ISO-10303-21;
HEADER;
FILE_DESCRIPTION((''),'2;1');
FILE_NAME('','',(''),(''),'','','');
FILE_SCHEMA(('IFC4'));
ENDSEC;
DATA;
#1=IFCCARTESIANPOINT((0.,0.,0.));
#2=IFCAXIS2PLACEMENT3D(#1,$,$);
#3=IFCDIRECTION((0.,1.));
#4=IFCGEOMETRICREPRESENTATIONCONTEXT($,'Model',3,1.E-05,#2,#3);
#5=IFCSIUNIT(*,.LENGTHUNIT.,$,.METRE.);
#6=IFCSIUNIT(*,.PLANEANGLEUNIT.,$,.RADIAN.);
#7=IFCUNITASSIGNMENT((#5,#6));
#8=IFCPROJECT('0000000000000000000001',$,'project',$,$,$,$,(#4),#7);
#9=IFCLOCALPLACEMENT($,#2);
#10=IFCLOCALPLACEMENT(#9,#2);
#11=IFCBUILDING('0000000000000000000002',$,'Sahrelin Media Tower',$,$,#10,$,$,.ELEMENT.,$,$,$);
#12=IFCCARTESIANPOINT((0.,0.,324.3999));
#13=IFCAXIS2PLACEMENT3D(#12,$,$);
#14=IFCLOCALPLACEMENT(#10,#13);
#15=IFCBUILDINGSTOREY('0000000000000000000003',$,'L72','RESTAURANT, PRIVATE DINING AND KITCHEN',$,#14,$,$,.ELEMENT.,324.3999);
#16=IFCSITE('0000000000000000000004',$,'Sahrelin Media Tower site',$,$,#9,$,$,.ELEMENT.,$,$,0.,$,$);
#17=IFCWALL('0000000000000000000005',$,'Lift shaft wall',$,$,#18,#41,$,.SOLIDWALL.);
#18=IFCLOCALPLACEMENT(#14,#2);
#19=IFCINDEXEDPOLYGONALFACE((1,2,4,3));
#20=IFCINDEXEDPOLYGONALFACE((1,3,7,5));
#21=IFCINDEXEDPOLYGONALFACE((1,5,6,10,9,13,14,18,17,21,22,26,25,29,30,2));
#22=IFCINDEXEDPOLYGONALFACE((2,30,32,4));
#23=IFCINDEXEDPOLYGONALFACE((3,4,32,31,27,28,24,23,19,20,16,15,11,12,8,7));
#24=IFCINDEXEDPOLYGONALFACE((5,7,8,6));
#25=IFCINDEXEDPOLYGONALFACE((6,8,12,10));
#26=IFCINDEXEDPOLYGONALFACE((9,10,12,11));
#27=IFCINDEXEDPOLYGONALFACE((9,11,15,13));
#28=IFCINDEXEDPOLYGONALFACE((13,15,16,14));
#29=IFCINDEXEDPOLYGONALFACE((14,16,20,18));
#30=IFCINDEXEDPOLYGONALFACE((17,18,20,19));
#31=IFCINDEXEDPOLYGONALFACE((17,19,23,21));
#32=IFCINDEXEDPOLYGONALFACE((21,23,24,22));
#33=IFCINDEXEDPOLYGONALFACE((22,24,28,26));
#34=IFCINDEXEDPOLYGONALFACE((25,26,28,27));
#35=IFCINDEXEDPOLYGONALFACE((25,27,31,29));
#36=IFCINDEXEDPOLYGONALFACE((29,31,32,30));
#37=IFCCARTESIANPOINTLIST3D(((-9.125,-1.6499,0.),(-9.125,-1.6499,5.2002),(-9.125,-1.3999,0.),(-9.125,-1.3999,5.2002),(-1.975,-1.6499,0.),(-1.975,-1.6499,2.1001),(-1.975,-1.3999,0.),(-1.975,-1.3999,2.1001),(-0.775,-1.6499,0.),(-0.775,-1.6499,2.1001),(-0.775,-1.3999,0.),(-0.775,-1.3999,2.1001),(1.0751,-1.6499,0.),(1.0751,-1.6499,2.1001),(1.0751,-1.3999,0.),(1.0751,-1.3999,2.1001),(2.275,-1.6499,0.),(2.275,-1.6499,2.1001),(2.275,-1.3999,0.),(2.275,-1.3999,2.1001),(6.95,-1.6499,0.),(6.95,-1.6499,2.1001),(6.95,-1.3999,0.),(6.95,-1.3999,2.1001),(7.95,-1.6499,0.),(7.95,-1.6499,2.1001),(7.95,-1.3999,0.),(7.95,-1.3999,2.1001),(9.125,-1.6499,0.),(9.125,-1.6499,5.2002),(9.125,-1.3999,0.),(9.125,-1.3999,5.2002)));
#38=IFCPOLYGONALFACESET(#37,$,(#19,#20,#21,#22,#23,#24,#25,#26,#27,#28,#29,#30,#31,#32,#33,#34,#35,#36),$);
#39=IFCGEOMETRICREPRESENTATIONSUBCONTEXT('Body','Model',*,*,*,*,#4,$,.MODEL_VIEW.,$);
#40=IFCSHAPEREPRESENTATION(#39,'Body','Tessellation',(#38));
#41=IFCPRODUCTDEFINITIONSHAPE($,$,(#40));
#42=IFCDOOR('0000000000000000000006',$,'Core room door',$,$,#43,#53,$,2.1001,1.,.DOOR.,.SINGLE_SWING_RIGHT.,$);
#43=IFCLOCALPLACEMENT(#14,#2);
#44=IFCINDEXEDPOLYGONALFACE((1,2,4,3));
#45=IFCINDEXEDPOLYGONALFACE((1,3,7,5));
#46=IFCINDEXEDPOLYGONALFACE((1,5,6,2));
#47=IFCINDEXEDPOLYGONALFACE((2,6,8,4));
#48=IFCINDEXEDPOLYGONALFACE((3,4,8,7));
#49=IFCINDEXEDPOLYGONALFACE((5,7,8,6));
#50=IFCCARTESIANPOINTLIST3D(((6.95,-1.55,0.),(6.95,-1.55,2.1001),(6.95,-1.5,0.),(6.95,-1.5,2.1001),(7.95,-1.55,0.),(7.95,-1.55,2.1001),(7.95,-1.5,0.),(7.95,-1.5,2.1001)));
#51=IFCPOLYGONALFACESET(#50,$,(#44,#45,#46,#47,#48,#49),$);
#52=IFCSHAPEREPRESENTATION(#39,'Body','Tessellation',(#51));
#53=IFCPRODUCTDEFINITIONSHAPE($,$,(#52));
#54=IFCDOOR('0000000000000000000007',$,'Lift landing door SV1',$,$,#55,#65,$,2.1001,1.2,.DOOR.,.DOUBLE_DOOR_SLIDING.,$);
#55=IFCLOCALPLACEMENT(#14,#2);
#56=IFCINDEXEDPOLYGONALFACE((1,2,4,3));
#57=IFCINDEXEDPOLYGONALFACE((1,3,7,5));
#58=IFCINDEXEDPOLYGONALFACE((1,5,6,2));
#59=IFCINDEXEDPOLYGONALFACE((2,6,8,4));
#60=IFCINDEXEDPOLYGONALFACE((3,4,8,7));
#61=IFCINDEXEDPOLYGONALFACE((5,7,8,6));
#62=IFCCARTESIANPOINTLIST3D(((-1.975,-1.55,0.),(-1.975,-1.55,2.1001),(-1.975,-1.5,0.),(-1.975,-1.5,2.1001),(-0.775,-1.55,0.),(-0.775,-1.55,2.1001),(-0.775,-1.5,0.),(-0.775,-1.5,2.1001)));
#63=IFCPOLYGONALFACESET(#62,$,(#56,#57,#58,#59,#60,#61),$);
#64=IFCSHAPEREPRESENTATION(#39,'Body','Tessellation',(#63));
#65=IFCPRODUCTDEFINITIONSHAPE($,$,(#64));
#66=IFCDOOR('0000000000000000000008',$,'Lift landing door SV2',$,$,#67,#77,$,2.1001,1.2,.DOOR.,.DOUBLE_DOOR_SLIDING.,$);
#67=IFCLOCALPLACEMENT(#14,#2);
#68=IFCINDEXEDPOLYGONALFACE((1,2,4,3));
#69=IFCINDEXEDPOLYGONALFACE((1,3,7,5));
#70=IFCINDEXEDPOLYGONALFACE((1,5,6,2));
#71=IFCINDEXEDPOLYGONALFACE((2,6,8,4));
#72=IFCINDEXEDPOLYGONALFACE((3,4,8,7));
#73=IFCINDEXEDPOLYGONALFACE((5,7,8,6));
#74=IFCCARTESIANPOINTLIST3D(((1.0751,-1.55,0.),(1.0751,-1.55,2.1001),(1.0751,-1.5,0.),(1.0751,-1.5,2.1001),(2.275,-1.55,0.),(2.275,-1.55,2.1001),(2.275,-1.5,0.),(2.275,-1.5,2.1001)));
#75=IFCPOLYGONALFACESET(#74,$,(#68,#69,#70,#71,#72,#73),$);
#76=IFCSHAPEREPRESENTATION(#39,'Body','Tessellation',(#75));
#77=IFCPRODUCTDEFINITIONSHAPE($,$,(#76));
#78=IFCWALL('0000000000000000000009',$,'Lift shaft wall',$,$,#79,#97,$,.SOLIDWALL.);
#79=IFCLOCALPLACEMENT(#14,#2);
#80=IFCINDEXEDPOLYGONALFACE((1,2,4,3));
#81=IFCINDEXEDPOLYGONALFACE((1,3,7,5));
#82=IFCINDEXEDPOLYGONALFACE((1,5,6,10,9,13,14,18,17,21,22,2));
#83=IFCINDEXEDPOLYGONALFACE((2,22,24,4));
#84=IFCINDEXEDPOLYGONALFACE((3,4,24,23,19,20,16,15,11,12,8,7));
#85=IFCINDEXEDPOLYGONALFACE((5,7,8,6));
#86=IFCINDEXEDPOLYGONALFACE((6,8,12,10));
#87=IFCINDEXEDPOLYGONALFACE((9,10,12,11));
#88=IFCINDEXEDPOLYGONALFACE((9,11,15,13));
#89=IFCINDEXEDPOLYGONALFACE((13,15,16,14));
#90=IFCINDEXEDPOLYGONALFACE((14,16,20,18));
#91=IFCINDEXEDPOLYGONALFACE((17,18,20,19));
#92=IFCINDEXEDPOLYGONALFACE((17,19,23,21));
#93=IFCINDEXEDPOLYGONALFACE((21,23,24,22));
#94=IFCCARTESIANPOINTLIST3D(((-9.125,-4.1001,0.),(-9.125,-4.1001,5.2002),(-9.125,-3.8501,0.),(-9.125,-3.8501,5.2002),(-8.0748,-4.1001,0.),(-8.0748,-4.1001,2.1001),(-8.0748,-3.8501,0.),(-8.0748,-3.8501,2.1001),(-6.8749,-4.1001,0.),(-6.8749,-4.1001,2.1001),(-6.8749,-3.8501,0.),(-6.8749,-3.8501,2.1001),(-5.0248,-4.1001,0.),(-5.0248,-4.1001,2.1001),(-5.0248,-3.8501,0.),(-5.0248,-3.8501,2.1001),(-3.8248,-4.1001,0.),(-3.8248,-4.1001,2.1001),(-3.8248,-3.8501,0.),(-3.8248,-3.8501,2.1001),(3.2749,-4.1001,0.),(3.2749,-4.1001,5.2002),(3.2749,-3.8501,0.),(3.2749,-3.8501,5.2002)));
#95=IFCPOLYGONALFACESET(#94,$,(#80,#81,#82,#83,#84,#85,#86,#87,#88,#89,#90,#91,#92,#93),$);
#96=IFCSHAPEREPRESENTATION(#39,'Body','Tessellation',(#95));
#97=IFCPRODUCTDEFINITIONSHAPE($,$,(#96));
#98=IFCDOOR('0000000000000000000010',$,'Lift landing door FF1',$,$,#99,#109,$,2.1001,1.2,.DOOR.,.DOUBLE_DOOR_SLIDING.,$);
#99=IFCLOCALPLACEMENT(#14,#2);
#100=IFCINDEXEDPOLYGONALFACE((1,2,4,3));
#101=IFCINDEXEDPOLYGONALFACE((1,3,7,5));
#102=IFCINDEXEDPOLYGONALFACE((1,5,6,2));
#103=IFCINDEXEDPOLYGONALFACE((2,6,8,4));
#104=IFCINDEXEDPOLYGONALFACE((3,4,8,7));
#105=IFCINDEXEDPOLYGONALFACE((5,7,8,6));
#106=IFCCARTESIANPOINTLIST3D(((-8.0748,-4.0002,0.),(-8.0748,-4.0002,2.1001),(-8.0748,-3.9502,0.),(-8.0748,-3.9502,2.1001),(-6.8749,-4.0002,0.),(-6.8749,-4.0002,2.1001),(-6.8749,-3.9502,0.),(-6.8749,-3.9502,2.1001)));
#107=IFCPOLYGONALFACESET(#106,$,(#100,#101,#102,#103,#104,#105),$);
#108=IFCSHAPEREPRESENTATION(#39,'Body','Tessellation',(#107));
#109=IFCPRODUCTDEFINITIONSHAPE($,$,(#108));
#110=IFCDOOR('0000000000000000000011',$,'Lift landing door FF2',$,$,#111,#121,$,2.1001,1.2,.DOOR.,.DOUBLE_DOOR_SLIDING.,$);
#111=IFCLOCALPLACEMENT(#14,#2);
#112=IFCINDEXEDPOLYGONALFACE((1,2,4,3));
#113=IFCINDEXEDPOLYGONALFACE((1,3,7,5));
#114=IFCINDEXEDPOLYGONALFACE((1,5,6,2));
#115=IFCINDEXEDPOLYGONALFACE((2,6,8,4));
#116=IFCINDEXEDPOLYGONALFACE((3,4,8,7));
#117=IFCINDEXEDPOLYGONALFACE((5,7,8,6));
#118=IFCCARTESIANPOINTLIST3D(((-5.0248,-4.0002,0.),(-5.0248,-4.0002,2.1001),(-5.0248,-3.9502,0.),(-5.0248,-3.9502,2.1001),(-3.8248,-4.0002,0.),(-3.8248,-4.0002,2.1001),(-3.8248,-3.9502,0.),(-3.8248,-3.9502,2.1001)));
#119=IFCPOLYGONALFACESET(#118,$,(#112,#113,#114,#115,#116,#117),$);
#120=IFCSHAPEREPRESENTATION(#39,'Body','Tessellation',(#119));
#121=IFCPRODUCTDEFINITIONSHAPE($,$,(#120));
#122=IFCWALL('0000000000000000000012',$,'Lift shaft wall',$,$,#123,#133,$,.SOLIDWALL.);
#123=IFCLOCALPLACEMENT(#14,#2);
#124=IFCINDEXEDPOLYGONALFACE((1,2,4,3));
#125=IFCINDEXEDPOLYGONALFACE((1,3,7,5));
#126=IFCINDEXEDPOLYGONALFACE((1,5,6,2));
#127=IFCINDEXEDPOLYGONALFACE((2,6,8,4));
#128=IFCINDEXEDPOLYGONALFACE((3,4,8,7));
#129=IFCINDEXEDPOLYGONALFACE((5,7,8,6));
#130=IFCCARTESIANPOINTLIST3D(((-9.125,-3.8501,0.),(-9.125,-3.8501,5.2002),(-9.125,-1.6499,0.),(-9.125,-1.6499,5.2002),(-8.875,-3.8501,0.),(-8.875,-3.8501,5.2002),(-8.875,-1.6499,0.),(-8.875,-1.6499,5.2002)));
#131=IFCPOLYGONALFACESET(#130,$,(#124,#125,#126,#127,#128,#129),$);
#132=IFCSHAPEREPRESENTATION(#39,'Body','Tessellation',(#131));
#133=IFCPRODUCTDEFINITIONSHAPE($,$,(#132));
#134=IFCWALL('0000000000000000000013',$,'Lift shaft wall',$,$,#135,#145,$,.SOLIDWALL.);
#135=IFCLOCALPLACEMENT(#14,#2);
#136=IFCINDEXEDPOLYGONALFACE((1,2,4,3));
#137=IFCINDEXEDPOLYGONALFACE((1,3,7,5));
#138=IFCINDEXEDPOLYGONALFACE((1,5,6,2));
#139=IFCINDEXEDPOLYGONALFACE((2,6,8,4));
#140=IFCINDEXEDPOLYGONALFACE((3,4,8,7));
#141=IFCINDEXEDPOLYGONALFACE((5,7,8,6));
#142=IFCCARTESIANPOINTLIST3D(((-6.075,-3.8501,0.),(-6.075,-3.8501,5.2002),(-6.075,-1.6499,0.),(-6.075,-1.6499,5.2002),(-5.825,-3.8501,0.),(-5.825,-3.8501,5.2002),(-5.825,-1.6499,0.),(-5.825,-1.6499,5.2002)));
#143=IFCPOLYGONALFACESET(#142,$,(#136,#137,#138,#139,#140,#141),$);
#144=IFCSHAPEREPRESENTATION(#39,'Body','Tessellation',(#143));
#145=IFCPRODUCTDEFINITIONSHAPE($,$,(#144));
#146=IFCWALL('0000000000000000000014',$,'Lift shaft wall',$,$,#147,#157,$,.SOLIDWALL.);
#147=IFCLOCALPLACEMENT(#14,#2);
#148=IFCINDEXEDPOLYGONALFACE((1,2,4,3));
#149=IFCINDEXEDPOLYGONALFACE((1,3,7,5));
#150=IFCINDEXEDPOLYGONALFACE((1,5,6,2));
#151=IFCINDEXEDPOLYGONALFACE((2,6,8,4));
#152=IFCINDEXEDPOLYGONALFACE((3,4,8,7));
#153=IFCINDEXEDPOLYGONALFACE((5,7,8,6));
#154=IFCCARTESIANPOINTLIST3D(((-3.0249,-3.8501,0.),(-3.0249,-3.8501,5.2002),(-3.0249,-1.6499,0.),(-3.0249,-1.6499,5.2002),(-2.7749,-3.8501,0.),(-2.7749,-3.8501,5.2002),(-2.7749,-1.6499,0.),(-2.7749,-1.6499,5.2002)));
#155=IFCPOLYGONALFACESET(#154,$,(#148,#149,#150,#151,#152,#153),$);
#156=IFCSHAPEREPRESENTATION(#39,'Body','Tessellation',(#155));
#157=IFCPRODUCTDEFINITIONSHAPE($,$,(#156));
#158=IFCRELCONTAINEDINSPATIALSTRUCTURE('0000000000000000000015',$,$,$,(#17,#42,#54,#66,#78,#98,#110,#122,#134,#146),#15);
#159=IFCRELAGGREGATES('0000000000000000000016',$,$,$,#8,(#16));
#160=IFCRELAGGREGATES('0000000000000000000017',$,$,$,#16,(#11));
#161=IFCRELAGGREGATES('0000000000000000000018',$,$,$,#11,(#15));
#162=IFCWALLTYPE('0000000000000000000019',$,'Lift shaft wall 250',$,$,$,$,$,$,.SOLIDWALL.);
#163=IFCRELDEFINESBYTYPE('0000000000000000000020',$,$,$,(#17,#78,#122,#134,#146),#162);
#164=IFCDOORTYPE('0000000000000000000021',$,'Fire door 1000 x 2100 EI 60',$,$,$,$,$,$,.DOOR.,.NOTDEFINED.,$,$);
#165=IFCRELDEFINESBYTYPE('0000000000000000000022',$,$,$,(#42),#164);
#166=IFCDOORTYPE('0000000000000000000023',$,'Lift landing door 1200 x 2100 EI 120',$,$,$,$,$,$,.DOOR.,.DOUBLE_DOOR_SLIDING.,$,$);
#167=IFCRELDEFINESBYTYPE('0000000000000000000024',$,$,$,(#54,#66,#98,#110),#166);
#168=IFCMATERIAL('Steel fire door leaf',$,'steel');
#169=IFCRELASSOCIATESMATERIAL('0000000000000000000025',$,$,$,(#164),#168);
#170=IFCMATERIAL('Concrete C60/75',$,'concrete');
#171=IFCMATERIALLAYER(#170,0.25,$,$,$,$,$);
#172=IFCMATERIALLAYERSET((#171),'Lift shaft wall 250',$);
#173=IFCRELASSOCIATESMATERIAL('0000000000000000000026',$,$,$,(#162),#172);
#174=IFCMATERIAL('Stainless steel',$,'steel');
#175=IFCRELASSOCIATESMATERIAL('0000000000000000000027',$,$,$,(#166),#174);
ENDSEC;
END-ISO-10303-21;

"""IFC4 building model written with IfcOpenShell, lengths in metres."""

from ifc_helpers import new_model, si_unit, direction, frame, frame_2d, origin, place, context, subcontext, project, spatial, rectangle, extrude, material, layer, layer_set, type_object, element, fill, save


model = new_model("IFC4")

# Units and contexts
model_context = context("Model", 3, precision=1e-05, world=origin(), true_north=direction((0.0, 1.0)))
body_context = subcontext(model_context, "Body", "Model", "MODEL_VIEW")
ifc_project = project(units=[si_unit("LENGTHUNIT", "METRE"), si_unit("PLANEANGLEUNIT", "RADIAN")], contexts=[model_context])

# Site, building, storey
site_placement = place(None, origin())
site = spatial("IfcSite", under=ifc_project, at=site_placement, Name="Sahrelin Media Tower site", CompositionType="ELEMENT", RefElevation=0.0)
building_placement = place(site_placement, origin())
building = spatial("IfcBuilding", under=site, at=building_placement, Name="Sahrelin Media Tower", CompositionType="ELEMENT")
storey_placement = place(building_placement, frame((0.0, 0.0, 324.3999)))
storey = spatial("IfcBuildingStorey", under=building, at=storey_placement, Name="L72", Description="RESTAURANT, PRIVATE DINING AND KITCHEN", CompositionType="ELEMENT", Elevation=324.3999)

# Shared definitions
ifc_material_1 = material(Name="Concrete C60/75", Category="concrete")

# Shared definitions
ifc_material_2 = material(Name="Steel fire door leaf", Category="steel")
door_type_1 = type_object("IfcDoorType", Name="Fire door 1000 x 2100 EI 60", OperationType="NOTDEFINED", PredefinedType="DOOR", material=ifc_material_2)

# Walls, openings, doors
ifc_layer_1 = layer(ifc_material_1, 0.25)
ifc_layer_set_1 = layer_set([ifc_layer_1], Name="Lift shaft wall 250")
wall_type_1 = type_object("IfcWallType", Name="Lift shaft wall 250", PredefinedType="SOLIDWALL", material=ifc_layer_set_1)
wall_1_placement = place(storey_placement, frame((-9.125, -1.5249, 0.0), z_axis=(0.0, 0.0, 1.0), x_axis=(1.0, 0.0, 0.0)))
wall_1 = element("IfcWall", 1, at=wall_1_placement, inside=storey, type_object=wall_type_1, Name="Lift shaft wall", PredefinedType="SOLIDWALL", context=body_context, shape_type="SweptSolid", body=[
    extrude(rectangle(XDim=18.25, YDim=0.25, at=frame_2d((9.125, 0.0))), origin(), (0.0, 0.0, 1.0), 5.2002),
])
opening_1_placement = place(wall_1_placement, frame((7.1499, 0.0, 0.0)))
opening_1 = element("IfcOpeningElement", 2, at=opening_1_placement, cuts=wall_1, PredefinedType="OPENING", context=body_context, shape_type="SweptSolid", body=[
    extrude(rectangle(XDim=1.2, YDim=2.1001, at=frame_2d((0.6001, 1.05))), frame((0.0, 0.125, 0.0), z_axis=(0.0, -1.0, 0.0), x_axis=(1.0, 0.0, 0.0)), (0.0, 0.0, 1.0), 0.25),
])
opening_2_placement = place(wall_1_placement, frame((10.2, 0.0, 0.0)))
opening_2 = element("IfcOpeningElement", 3, at=opening_2_placement, cuts=wall_1, PredefinedType="OPENING", context=body_context, shape_type="SweptSolid", body=[
    extrude(rectangle(XDim=1.2, YDim=2.1001, at=frame_2d((0.6001, 1.05))), frame((0.0, 0.125, 0.0), z_axis=(0.0, -1.0, 0.0), x_axis=(1.0, 0.0, 0.0)), (0.0, 0.0, 1.0), 0.25),
])
opening_3_placement = place(wall_1_placement, frame((16.075, 0.0, 0.0)))
opening_3 = element("IfcOpeningElement", 4, at=opening_3_placement, cuts=wall_1, PredefinedType="OPENING", context=body_context, shape_type="SweptSolid", body=[
    extrude(rectangle(XDim=1.0, YDim=2.1001, at=frame_2d((0.5, 1.05))), frame((0.0, 0.125, 0.0), z_axis=(0.0, -1.0, 0.0), x_axis=(1.0, 0.0, 0.0)), (0.0, 0.0, 1.0), 0.25),
])
door_1_placement = place(opening_3_placement, origin())
door_1 = element("IfcDoor", 5, at=door_1_placement, inside=storey, type_object=door_type_1, Name="Core room door", OperationType="SINGLE_SWING_RIGHT", OverallHeight=2.1001, OverallWidth=1.0, PredefinedType="DOOR", context=body_context, shape_type="SweptSolid", body=[
    extrude(rectangle(XDim=1.0, YDim=2.1001, at=frame_2d((0.5, 1.05))), frame((0.0, 0.0249, 0.0), z_axis=(0.0, -1.0, 0.0), x_axis=(1.0, 0.0, 0.0)), (0.0, 0.0, 1.0), 0.05),
])
fill(opening_3, door_1)
ifc_material_3 = material(Name="Stainless steel", Category="steel")
door_type_2 = type_object("IfcDoorType", Name="Lift landing door 1200 x 2100 EI 120", OperationType="DOUBLE_DOOR_SLIDING", PredefinedType="DOOR", material=ifc_material_3)
door_2_placement = place(opening_1_placement, origin())
door_2 = element("IfcDoor", 6, at=door_2_placement, inside=storey, type_object=door_type_2, Name="Lift landing door SV1", OperationType="DOUBLE_DOOR_SLIDING", OverallHeight=2.1001, OverallWidth=1.2, PredefinedType="DOOR", context=body_context, shape_type="SweptSolid", body=[
    extrude(rectangle(XDim=1.2, YDim=2.1001, at=frame_2d((0.6001, 1.05))), frame((0.0, 0.0249, 0.0), z_axis=(0.0, -1.0, 0.0), x_axis=(1.0, 0.0, 0.0)), (0.0, 0.0, 1.0), 0.05),
])
fill(opening_1, door_2)
door_3_placement = place(opening_2_placement, origin())
door_3 = element("IfcDoor", 7, at=door_3_placement, inside=storey, type_object=door_type_2, Name="Lift landing door SV2", OperationType="DOUBLE_DOOR_SLIDING", OverallHeight=2.1001, OverallWidth=1.2, PredefinedType="DOOR", context=body_context, shape_type="SweptSolid", body=[
    extrude(rectangle(XDim=1.2, YDim=2.1001, at=frame_2d((0.6001, 1.05))), frame((0.0, 0.0249, 0.0), z_axis=(0.0, -1.0, 0.0), x_axis=(1.0, 0.0, 0.0)), (0.0, 0.0, 1.0), 0.05),
])
fill(opening_2, door_3)
wall_2_placement = place(storey_placement, frame((-9.125, -3.9751, 0.0), z_axis=(0.0, 0.0, 1.0), x_axis=(1.0, 0.0, 0.0)))
wall_2 = element("IfcWall", 8, at=wall_2_placement, inside=storey, type_object=wall_type_1, Name="Lift shaft wall", PredefinedType="SOLIDWALL", context=body_context, shape_type="SweptSolid", body=[
    extrude(rectangle(XDim=12.3999, YDim=0.25, at=frame_2d((6.2, 0.0))), origin(), (0.0, 0.0, 1.0), 5.2002),
])
opening_4_placement = place(wall_2_placement, frame((1.05, 0.0, 0.0)))
opening_4 = element("IfcOpeningElement", 9, at=opening_4_placement, cuts=wall_2, PredefinedType="OPENING", context=body_context, shape_type="SweptSolid", body=[
    extrude(rectangle(XDim=1.2, YDim=2.1001, at=frame_2d((0.6001, 1.05))), frame((0.0, 0.125, 0.0), z_axis=(0.0, -1.0, 0.0), x_axis=(1.0, 0.0, 0.0)), (0.0, 0.0, 1.0), 0.25),
])
opening_5_placement = place(wall_2_placement, frame((4.1001, 0.0, 0.0)))
opening_5 = element("IfcOpeningElement", 10, at=opening_5_placement, cuts=wall_2, PredefinedType="OPENING", context=body_context, shape_type="SweptSolid", body=[
    extrude(rectangle(XDim=1.2, YDim=2.1001, at=frame_2d((0.6001, 1.05))), frame((0.0, 0.125, 0.0), z_axis=(0.0, -1.0, 0.0), x_axis=(1.0, 0.0, 0.0)), (0.0, 0.0, 1.0), 0.25),
])
door_4_placement = place(opening_4_placement, origin())
door_4 = element("IfcDoor", 11, at=door_4_placement, inside=storey, type_object=door_type_2, Name="Lift landing door FF1", OperationType="DOUBLE_DOOR_SLIDING", OverallHeight=2.1001, OverallWidth=1.2, PredefinedType="DOOR", context=body_context, shape_type="SweptSolid", body=[
    extrude(rectangle(XDim=1.2, YDim=2.1001, at=frame_2d((0.6001, 1.05))), frame((0.0, 0.0249, 0.0), z_axis=(0.0, -1.0, 0.0), x_axis=(1.0, 0.0, 0.0)), (0.0, 0.0, 1.0), 0.05),
])
fill(opening_4, door_4)
door_5_placement = place(opening_5_placement, origin())
door_5 = element("IfcDoor", 12, at=door_5_placement, inside=storey, type_object=door_type_2, Name="Lift landing door FF2", OperationType="DOUBLE_DOOR_SLIDING", OverallHeight=2.1001, OverallWidth=1.2, PredefinedType="DOOR", context=body_context, shape_type="SweptSolid", body=[
    extrude(rectangle(XDim=1.2, YDim=2.1001, at=frame_2d((0.6001, 1.05))), frame((0.0, 0.0249, 0.0), z_axis=(0.0, -1.0, 0.0), x_axis=(1.0, 0.0, 0.0)), (0.0, 0.0, 1.0), 0.05),
])
fill(opening_5, door_5)

# Walls
for number, where, z_axis, x_axis, name in (
    (13, (-9.0, -3.8501, 0.0), (0.0, 0.0, 1.0), (0.0, 1.0, 0.0), "Lift shaft wall"),
    (14, (-5.95, -3.8501, 0.0), (0.0, 0.0, 1.0), (0.0, 1.0, 0.0), "Lift shaft wall"),
    (15, (-2.8999, -3.8501, 0.0), (0.0, 0.0, 1.0), (0.0, 1.0, 0.0), "Lift shaft wall"),
):
    element("IfcWall", number, at=place(storey_placement, frame(where, z_axis=z_axis, x_axis=x_axis)), inside=storey, type_object=wall_type_1, Name=name, PredefinedType="SOLIDWALL", context=body_context, shape_type="SweptSolid", body=[
        extrude(rectangle(XDim=2.2002, YDim=0.25, at=frame_2d((1.1001, 0.0))), origin(), (0.0, 0.0, 1.0), 5.2002),
    ])

save(model, "model.ifc")
